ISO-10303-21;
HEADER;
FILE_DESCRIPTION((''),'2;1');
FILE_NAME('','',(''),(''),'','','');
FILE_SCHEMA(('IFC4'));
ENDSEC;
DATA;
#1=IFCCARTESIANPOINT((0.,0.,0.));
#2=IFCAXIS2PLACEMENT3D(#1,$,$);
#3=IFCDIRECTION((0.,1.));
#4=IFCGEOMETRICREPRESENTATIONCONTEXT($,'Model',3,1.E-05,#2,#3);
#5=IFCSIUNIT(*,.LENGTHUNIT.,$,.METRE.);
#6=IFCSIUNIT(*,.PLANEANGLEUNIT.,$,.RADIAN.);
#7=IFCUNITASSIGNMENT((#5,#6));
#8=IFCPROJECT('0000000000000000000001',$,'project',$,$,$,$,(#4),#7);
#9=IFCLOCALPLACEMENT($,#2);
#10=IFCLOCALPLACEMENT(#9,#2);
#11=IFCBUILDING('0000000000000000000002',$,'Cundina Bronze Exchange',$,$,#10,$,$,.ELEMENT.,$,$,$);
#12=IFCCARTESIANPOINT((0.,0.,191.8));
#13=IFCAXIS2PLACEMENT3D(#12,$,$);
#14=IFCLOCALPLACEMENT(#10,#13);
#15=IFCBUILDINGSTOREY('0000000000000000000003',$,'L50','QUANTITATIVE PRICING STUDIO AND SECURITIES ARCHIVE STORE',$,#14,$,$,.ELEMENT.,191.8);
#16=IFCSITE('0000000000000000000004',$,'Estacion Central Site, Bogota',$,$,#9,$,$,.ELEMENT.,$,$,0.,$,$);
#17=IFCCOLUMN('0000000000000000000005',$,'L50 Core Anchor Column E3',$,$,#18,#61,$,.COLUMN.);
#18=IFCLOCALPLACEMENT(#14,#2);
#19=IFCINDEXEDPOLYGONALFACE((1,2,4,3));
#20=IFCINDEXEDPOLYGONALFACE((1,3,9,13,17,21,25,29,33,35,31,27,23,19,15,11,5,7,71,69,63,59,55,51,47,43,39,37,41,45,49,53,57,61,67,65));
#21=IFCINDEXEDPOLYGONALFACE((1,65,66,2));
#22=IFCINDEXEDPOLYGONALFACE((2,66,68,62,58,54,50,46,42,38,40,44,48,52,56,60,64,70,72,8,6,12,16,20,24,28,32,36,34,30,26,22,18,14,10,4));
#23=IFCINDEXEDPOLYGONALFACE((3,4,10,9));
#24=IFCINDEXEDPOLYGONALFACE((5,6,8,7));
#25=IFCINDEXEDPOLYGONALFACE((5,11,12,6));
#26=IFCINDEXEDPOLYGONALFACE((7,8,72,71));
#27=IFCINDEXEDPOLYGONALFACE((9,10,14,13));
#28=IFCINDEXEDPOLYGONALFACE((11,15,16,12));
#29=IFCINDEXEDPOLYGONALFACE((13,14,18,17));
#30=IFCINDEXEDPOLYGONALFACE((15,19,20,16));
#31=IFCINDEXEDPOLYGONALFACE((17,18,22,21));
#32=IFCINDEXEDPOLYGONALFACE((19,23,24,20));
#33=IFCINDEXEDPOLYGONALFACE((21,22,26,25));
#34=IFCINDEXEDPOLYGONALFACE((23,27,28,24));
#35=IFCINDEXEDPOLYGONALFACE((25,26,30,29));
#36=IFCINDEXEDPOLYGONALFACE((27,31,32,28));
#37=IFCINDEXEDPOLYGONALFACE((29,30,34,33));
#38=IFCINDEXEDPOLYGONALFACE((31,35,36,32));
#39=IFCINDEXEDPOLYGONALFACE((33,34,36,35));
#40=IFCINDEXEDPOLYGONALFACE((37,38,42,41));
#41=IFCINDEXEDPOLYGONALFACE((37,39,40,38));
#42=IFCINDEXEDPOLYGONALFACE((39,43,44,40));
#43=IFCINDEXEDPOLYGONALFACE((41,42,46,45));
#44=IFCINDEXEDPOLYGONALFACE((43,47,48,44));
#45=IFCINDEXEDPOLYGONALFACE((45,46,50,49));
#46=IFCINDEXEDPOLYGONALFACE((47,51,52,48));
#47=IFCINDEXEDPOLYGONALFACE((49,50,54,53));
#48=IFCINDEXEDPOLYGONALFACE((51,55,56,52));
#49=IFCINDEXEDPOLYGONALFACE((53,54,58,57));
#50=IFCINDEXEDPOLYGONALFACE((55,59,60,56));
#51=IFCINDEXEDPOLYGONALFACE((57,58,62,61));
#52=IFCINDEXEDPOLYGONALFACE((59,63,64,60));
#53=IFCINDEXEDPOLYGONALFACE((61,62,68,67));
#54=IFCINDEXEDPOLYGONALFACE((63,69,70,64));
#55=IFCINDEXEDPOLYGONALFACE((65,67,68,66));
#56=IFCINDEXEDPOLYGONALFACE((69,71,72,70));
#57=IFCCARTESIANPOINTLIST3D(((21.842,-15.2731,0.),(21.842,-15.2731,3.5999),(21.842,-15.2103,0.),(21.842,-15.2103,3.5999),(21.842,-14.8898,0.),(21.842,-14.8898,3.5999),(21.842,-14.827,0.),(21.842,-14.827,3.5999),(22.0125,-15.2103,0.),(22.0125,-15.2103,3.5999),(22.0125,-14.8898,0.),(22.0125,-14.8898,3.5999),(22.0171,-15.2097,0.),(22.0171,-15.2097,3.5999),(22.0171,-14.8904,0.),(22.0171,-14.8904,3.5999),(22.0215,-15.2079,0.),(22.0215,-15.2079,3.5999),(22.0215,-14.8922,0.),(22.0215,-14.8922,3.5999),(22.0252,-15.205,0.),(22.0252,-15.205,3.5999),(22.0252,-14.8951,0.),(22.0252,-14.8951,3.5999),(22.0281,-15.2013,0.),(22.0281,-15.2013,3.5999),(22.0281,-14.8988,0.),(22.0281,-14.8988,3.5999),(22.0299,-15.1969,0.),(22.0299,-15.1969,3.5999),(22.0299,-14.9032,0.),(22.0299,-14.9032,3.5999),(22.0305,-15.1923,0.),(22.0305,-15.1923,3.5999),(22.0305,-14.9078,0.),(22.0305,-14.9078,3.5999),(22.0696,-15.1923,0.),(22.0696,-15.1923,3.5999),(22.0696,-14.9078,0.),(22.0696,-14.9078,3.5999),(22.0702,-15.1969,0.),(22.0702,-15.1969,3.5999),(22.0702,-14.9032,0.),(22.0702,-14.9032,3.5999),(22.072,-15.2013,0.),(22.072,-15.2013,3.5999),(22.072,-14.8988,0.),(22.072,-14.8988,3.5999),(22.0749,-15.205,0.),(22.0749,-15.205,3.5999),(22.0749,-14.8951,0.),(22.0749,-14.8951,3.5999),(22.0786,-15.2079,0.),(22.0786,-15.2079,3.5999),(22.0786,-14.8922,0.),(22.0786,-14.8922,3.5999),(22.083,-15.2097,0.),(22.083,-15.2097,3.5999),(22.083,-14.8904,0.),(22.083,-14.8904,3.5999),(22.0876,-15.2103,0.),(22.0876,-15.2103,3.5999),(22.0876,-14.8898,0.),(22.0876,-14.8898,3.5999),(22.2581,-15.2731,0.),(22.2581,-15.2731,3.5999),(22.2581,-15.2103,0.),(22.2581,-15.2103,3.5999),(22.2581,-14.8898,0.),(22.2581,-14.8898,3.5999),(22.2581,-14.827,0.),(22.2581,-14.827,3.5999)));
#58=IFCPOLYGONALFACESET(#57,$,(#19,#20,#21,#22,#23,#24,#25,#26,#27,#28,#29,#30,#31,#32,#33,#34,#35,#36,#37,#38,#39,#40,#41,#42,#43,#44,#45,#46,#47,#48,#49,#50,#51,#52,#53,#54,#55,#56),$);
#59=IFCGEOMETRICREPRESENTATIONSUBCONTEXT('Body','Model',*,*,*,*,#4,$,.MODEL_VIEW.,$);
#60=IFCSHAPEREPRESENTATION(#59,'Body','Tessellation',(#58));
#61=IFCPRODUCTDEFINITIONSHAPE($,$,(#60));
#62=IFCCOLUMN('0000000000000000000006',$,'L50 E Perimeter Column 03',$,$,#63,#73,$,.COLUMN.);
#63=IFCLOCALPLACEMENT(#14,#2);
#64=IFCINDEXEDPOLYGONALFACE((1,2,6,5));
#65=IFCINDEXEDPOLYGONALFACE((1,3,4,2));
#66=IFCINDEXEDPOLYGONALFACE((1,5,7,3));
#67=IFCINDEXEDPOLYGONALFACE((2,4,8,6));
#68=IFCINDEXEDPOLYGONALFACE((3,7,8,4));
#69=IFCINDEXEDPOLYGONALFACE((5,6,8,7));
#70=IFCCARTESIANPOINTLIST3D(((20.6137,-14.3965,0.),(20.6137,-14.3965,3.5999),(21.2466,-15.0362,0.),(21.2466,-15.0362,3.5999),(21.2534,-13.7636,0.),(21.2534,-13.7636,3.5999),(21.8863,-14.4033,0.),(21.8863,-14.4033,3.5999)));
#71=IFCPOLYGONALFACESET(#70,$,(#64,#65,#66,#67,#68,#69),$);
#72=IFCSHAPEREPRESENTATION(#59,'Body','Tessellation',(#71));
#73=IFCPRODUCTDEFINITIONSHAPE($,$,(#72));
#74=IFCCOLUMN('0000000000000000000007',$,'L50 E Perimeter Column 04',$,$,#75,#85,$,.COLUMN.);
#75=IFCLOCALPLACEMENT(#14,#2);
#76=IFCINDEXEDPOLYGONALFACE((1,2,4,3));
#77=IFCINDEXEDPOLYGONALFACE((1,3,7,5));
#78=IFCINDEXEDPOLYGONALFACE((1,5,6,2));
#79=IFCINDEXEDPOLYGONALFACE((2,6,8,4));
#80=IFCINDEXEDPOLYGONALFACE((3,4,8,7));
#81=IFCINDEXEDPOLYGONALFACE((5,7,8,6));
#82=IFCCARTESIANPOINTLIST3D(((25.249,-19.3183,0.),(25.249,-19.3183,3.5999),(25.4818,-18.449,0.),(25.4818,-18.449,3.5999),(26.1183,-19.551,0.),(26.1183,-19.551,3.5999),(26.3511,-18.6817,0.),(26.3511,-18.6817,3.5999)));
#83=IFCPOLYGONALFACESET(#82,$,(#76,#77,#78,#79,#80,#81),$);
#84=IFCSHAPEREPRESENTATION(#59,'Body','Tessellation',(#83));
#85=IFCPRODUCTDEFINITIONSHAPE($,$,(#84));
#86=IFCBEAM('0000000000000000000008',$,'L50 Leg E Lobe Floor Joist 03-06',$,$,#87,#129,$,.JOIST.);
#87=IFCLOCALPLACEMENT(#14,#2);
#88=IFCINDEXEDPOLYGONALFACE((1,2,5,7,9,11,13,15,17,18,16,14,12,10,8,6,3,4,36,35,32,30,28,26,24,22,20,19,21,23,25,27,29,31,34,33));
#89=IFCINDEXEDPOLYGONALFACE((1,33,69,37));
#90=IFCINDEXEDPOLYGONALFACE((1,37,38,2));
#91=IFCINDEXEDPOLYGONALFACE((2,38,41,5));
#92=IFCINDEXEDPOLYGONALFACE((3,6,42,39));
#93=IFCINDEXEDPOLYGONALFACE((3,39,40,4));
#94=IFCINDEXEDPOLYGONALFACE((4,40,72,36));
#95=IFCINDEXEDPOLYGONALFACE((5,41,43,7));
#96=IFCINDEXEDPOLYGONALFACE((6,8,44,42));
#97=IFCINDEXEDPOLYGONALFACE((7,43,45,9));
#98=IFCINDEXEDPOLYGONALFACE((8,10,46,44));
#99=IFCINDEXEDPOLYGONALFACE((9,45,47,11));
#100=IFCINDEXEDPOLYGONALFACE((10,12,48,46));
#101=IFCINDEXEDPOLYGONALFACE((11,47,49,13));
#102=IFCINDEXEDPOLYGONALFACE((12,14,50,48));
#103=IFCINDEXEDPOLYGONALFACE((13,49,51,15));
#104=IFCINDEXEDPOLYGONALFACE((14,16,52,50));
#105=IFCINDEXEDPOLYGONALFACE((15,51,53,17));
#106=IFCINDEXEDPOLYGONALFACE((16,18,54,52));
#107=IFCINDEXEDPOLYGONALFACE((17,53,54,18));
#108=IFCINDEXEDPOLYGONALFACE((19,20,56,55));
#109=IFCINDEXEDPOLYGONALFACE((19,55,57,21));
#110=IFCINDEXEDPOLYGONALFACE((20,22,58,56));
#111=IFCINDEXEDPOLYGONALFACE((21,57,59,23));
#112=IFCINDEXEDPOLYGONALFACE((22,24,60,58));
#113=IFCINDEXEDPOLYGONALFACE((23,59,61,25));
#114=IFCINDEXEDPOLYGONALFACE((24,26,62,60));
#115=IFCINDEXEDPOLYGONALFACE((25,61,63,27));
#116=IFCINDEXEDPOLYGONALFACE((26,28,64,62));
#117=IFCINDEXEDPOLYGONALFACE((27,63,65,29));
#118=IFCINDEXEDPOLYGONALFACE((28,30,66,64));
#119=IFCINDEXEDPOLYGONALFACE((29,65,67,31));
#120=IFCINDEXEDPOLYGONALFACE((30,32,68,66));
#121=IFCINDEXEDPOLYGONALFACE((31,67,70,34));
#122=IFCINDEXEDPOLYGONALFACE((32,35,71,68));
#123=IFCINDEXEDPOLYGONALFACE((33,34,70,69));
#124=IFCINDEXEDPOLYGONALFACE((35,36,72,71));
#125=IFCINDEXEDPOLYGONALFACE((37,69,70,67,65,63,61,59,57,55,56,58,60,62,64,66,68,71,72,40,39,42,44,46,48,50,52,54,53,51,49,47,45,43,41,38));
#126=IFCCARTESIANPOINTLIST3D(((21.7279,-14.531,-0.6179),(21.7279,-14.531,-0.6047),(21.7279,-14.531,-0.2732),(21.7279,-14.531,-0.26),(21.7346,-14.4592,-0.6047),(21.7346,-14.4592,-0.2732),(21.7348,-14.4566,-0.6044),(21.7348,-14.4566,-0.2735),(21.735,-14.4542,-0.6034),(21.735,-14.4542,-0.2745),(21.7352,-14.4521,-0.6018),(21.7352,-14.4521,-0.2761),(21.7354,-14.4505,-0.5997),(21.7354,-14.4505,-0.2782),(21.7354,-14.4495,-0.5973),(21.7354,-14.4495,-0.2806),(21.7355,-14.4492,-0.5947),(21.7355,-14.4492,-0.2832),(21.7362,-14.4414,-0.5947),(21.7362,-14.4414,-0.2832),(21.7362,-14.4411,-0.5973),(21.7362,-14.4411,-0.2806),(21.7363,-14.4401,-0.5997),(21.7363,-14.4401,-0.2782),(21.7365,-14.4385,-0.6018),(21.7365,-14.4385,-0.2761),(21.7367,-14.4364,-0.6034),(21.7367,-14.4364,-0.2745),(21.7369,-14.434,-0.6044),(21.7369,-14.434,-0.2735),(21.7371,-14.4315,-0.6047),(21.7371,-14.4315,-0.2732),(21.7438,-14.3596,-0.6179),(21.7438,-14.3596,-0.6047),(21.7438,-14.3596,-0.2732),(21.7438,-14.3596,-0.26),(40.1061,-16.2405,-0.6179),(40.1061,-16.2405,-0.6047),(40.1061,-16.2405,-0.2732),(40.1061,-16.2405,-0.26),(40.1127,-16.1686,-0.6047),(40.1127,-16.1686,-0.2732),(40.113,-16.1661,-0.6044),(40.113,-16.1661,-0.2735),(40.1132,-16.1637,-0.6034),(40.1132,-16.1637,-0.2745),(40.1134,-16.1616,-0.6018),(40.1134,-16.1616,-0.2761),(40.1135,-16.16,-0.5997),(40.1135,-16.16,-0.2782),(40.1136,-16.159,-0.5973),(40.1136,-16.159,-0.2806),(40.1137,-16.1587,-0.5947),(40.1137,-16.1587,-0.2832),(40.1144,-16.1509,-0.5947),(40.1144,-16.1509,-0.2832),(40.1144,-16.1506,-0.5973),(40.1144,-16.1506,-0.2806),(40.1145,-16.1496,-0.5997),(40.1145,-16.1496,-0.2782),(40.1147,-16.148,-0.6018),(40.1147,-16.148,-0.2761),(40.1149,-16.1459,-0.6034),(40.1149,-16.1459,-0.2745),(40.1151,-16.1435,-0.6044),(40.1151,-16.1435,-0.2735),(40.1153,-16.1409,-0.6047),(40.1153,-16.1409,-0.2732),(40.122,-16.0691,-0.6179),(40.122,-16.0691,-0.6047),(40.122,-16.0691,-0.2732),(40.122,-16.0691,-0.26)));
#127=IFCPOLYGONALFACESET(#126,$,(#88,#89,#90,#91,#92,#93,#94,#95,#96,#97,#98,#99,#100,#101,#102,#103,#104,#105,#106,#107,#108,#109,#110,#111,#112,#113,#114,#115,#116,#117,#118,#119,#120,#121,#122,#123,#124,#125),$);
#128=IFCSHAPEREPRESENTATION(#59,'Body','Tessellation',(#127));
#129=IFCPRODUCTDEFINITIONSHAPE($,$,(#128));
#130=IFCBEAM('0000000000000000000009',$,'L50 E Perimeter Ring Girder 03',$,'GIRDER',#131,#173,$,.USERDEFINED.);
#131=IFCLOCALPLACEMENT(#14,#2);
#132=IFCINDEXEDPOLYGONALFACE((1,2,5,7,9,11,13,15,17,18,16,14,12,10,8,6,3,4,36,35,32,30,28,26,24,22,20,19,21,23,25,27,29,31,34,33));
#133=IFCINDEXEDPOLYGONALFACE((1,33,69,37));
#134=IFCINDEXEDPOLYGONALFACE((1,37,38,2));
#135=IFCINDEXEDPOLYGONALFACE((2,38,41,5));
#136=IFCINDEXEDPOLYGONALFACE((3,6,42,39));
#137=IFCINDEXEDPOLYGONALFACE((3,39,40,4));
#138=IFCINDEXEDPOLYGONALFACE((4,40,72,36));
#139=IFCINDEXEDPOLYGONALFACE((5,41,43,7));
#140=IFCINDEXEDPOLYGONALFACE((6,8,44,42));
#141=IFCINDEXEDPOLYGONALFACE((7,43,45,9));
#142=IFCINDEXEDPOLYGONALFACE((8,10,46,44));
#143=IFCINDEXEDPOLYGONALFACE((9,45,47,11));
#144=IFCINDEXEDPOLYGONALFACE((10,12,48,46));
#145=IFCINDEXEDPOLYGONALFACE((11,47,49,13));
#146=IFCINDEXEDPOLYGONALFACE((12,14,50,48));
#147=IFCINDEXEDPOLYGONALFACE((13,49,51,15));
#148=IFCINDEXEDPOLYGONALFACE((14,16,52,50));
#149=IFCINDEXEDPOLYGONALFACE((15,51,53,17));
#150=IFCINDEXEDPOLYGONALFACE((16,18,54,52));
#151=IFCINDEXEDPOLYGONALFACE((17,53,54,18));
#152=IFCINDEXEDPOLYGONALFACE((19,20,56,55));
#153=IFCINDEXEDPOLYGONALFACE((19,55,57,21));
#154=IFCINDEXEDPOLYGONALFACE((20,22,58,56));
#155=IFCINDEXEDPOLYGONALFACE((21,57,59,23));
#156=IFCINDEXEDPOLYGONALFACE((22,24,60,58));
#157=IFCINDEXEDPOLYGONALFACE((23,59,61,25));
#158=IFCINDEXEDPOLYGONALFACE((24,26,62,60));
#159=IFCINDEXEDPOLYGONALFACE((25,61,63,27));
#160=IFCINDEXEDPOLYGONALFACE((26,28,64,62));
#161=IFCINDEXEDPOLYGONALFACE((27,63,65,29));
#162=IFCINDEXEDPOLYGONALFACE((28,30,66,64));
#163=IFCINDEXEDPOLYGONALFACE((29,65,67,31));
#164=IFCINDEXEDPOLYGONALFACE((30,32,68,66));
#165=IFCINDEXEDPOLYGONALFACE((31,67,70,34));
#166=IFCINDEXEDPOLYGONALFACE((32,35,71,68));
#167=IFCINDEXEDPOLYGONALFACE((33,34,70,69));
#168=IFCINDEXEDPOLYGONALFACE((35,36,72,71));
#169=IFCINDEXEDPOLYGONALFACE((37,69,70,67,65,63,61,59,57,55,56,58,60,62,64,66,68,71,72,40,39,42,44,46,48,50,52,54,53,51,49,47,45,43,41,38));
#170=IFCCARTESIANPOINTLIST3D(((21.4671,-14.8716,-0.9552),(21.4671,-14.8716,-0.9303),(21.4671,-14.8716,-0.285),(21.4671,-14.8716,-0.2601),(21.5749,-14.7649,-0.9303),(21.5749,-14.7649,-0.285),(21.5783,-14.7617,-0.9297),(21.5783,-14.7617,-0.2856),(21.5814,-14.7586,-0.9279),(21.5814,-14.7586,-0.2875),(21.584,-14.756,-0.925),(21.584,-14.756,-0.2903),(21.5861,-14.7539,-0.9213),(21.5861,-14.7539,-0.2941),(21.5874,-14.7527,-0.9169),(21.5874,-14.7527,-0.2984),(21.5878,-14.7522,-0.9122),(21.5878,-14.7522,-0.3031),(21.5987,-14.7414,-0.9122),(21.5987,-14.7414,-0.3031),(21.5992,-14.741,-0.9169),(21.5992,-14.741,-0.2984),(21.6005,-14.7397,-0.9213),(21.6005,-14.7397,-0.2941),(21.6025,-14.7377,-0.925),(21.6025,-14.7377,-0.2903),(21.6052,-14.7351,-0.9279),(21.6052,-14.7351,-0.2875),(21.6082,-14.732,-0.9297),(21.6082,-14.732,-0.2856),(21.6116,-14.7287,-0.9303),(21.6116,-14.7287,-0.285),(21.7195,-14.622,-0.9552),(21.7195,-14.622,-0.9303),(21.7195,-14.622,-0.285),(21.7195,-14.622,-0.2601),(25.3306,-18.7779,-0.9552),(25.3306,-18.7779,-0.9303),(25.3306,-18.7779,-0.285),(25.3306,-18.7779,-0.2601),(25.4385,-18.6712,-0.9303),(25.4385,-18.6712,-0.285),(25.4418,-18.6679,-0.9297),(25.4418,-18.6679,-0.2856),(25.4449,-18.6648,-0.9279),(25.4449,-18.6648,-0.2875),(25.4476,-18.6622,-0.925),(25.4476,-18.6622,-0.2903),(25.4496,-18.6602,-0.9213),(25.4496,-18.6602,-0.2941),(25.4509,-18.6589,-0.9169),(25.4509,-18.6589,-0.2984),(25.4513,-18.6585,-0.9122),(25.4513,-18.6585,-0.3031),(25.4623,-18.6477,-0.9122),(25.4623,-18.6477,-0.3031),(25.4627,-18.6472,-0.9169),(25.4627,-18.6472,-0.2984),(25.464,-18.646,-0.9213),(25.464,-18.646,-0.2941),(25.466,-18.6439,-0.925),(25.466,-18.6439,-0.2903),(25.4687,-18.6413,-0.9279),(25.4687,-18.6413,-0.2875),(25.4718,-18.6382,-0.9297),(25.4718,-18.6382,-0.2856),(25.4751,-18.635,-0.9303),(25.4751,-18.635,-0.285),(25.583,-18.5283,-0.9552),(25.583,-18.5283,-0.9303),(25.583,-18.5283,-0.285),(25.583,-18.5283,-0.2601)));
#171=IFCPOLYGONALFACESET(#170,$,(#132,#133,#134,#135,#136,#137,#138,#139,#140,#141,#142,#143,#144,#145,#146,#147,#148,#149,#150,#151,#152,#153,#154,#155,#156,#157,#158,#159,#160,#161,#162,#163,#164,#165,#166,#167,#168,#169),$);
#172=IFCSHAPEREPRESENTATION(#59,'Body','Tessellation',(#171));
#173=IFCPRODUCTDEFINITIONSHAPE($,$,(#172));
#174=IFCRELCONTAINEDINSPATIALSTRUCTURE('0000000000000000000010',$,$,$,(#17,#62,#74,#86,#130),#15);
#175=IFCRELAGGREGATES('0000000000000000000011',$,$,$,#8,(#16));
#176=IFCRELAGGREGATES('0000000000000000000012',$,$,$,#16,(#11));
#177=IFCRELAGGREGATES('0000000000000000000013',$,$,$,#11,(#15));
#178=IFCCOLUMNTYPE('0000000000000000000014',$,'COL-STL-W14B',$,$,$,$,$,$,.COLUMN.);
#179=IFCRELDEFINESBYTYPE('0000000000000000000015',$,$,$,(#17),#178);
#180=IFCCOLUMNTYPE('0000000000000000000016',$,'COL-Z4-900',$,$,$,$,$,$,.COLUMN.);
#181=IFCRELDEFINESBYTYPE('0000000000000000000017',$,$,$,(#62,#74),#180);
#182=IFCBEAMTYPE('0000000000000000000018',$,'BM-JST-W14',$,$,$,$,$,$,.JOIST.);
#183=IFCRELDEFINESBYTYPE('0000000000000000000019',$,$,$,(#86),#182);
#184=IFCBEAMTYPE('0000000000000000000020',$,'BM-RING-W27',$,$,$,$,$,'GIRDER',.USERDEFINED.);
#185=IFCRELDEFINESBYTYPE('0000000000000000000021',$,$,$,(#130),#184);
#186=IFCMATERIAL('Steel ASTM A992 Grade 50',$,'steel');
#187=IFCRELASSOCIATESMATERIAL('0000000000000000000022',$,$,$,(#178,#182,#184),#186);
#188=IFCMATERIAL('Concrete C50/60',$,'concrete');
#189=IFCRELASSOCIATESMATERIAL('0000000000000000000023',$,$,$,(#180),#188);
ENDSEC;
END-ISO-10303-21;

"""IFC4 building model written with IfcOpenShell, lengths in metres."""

from ifc_helpers import new_model, si_unit, direction, frame, origin, origin_2d, place, context, subcontext, project, spatial, rectangle, i_section, extrude, material, material_profile, profile_set, type_object, element, save


model = new_model("IFC4")

# Units and contexts
model_context = context("Model", 3, precision=1e-05, world=origin(), true_north=direction((0.0, 1.0)))
body_context = subcontext(model_context, "Body", "Model", "MODEL_VIEW")
ifc_project = project(units=[si_unit("LENGTHUNIT", "METRE"), si_unit("PLANEANGLEUNIT", "RADIAN")], contexts=[model_context])

# Site, building, storey
site_placement = place(None, origin())
site = spatial("IfcSite", under=ifc_project, at=site_placement, Name="Estacion Central Site, Bogota", CompositionType="ELEMENT", RefElevation=0.0)
building_placement = place(site_placement, origin())
building = spatial("IfcBuilding", under=site, at=building_placement, Name="Cundina Bronze Exchange", CompositionType="ELEMENT")
storey_placement = place(building_placement, frame((0.0, 0.0, 191.8)))
storey = spatial("IfcBuildingStorey", under=building, at=storey_placement, Name="L50", Description="QUANTITATIVE PRICING STUDIO AND SECURITIES ARCHIVE STORE", CompositionType="ELEMENT", Elevation=191.8)

# Columns
ifc_material_1 = material(Name="Steel ASTM A992 Grade 50", Category="steel")
ifc_material_profile_1 = material_profile(ifc_material_1, i_section(OverallWidth=0.416, OverallDepth=0.446, WebThickness=0.0391, FlangeThickness=0.0627, FilletRadius=0.0181, at=origin_2d()), Name="W14X342", Category="steel")
ifc_profile_set_1 = profile_set([ifc_material_profile_1], Name="Steel ASTM A992 Grade 50")
column_type_1 = type_object("IfcColumnType", Name="COL-STL-W14B", PredefinedType="COLUMN", material=ifc_profile_set_1)
column_placement = place(storey_placement, frame((22.05, -15.05, 0.0), z_axis=(0.0, 0.0, 1.0), x_axis=(1.0, 0.0, 0.0)))
element("IfcColumn", 1, at=column_placement, inside=storey, type_object=column_type_1, Name="L50 Core Anchor Column E3", PredefinedType="COLUMN", context=body_context, shape_type="SweptSolid", body=[
    extrude(i_section(OverallWidth=0.416, OverallDepth=0.446, WebThickness=0.0391, FlangeThickness=0.0627, FilletRadius=0.0181, at=origin_2d()), origin(), (0.0, 0.0, 1.0), 3.5999),
])
ifc_material_2 = material(Name="Concrete C50/60", Category="concrete")
ifc_material_profile_2 = material_profile(ifc_material_2, rectangle(XDim=0.8999, YDim=0.8999, at=origin_2d()), Name="RC900X900", Category="concrete")
ifc_profile_set_2 = profile_set([ifc_material_profile_2], Name="Concrete C50/60")
column_type_2 = type_object("IfcColumnType", Name="COL-Z4-900", PredefinedType="COLUMN", material=ifc_profile_set_2)
for number, where, z_axis, x_axis, name in (
    (2, (21.25, -14.3999, 0.0), (0.0, 0.0, 1.0), (0.703271, -0.710922, 0.0), "L50 E Perimeter Column 03"),
    (3, (25.8, -19.0, 0.0), (0.0, 0.0, 1.0), (0.965971, -0.25865, 0.0), "L50 E Perimeter Column 04"),
):
    element("IfcColumn", number, at=place(storey_placement, frame(where, z_axis=z_axis, x_axis=x_axis)), inside=storey, type_object=column_type_2, Name=name, PredefinedType="COLUMN", context=body_context, shape_type="SweptSolid", body=[
        extrude(rectangle(XDim=0.8999, YDim=0.8999, at=origin_2d()), origin(), (0.0, 0.0, 1.0), 3.5999),
    ])

# Beams
ifc_material_profile_3 = material_profile(ifc_material_1, i_section(OverallWidth=0.1721, OverallDepth=0.3579, WebThickness=0.0078, FlangeThickness=0.0132, FilletRadius=0.01, at=origin_2d()), Name="W14X38", Category="steel")
ifc_profile_set_3 = profile_set([ifc_material_profile_3], Name="Steel ASTM A992 Grade 50")
beam_type_1 = type_object("IfcBeamType", Name="BM-JST-W14", PredefinedType="JOIST", material=ifc_profile_set_3)
beam_1_placement = place(storey_placement, frame((21.7358, -14.4453, -0.439), z_axis=(0.995702, -0.092617, 0.0), x_axis=(0.092617, 0.995702, 0.0)))
element("IfcBeam", 4, at=beam_1_placement, inside=storey, type_object=beam_type_1, Name="L50 Leg E Lobe Floor Joist 03-06", PredefinedType="JOIST", context=body_context, shape_type="SweptSolid", body=[
    extrude(i_section(OverallWidth=0.1721, OverallDepth=0.3579, WebThickness=0.0078, FlangeThickness=0.0132, FilletRadius=0.01, at=origin_2d()), origin(), (0.0, 0.0, 1.0), 18.4575),
])
ifc_material_profile_4 = material_profile(ifc_material_1, i_section(OverallWidth=0.355, OverallDepth=0.6951, WebThickness=0.0154, FlangeThickness=0.0249, FilletRadius=0.0181, at=origin_2d()), Name="W27X146", Category="steel")
ifc_profile_set_4 = profile_set([ifc_material_profile_4], Name="Steel ASTM A992 Grade 50")
beam_type_2 = type_object("IfcBeamType", Name="BM-RING-W27", ElementType="GIRDER", PredefinedType="USERDEFINED", material=ifc_profile_set_4)
beam_2_placement = place(storey_placement, frame((21.5933, -14.7468, -0.6077), z_axis=(0.703208, -0.710984, 0.0), x_axis=(0.710984, 0.703208, 0.0)))
element("IfcBeam", 5, at=beam_2_placement, inside=storey, type_object=beam_type_2, Name="L50 E Perimeter Ring Girder 03", ObjectType="GIRDER", PredefinedType="USERDEFINED", context=body_context, shape_type="SweptSolid", body=[
    extrude(i_section(OverallWidth=0.355, OverallDepth=0.6951, WebThickness=0.0154, FlangeThickness=0.0249, FilletRadius=0.0181, at=origin_2d()), origin(), (0.0, 0.0, 1.0), 5.4941),
])

save(model, "model.ifc")
